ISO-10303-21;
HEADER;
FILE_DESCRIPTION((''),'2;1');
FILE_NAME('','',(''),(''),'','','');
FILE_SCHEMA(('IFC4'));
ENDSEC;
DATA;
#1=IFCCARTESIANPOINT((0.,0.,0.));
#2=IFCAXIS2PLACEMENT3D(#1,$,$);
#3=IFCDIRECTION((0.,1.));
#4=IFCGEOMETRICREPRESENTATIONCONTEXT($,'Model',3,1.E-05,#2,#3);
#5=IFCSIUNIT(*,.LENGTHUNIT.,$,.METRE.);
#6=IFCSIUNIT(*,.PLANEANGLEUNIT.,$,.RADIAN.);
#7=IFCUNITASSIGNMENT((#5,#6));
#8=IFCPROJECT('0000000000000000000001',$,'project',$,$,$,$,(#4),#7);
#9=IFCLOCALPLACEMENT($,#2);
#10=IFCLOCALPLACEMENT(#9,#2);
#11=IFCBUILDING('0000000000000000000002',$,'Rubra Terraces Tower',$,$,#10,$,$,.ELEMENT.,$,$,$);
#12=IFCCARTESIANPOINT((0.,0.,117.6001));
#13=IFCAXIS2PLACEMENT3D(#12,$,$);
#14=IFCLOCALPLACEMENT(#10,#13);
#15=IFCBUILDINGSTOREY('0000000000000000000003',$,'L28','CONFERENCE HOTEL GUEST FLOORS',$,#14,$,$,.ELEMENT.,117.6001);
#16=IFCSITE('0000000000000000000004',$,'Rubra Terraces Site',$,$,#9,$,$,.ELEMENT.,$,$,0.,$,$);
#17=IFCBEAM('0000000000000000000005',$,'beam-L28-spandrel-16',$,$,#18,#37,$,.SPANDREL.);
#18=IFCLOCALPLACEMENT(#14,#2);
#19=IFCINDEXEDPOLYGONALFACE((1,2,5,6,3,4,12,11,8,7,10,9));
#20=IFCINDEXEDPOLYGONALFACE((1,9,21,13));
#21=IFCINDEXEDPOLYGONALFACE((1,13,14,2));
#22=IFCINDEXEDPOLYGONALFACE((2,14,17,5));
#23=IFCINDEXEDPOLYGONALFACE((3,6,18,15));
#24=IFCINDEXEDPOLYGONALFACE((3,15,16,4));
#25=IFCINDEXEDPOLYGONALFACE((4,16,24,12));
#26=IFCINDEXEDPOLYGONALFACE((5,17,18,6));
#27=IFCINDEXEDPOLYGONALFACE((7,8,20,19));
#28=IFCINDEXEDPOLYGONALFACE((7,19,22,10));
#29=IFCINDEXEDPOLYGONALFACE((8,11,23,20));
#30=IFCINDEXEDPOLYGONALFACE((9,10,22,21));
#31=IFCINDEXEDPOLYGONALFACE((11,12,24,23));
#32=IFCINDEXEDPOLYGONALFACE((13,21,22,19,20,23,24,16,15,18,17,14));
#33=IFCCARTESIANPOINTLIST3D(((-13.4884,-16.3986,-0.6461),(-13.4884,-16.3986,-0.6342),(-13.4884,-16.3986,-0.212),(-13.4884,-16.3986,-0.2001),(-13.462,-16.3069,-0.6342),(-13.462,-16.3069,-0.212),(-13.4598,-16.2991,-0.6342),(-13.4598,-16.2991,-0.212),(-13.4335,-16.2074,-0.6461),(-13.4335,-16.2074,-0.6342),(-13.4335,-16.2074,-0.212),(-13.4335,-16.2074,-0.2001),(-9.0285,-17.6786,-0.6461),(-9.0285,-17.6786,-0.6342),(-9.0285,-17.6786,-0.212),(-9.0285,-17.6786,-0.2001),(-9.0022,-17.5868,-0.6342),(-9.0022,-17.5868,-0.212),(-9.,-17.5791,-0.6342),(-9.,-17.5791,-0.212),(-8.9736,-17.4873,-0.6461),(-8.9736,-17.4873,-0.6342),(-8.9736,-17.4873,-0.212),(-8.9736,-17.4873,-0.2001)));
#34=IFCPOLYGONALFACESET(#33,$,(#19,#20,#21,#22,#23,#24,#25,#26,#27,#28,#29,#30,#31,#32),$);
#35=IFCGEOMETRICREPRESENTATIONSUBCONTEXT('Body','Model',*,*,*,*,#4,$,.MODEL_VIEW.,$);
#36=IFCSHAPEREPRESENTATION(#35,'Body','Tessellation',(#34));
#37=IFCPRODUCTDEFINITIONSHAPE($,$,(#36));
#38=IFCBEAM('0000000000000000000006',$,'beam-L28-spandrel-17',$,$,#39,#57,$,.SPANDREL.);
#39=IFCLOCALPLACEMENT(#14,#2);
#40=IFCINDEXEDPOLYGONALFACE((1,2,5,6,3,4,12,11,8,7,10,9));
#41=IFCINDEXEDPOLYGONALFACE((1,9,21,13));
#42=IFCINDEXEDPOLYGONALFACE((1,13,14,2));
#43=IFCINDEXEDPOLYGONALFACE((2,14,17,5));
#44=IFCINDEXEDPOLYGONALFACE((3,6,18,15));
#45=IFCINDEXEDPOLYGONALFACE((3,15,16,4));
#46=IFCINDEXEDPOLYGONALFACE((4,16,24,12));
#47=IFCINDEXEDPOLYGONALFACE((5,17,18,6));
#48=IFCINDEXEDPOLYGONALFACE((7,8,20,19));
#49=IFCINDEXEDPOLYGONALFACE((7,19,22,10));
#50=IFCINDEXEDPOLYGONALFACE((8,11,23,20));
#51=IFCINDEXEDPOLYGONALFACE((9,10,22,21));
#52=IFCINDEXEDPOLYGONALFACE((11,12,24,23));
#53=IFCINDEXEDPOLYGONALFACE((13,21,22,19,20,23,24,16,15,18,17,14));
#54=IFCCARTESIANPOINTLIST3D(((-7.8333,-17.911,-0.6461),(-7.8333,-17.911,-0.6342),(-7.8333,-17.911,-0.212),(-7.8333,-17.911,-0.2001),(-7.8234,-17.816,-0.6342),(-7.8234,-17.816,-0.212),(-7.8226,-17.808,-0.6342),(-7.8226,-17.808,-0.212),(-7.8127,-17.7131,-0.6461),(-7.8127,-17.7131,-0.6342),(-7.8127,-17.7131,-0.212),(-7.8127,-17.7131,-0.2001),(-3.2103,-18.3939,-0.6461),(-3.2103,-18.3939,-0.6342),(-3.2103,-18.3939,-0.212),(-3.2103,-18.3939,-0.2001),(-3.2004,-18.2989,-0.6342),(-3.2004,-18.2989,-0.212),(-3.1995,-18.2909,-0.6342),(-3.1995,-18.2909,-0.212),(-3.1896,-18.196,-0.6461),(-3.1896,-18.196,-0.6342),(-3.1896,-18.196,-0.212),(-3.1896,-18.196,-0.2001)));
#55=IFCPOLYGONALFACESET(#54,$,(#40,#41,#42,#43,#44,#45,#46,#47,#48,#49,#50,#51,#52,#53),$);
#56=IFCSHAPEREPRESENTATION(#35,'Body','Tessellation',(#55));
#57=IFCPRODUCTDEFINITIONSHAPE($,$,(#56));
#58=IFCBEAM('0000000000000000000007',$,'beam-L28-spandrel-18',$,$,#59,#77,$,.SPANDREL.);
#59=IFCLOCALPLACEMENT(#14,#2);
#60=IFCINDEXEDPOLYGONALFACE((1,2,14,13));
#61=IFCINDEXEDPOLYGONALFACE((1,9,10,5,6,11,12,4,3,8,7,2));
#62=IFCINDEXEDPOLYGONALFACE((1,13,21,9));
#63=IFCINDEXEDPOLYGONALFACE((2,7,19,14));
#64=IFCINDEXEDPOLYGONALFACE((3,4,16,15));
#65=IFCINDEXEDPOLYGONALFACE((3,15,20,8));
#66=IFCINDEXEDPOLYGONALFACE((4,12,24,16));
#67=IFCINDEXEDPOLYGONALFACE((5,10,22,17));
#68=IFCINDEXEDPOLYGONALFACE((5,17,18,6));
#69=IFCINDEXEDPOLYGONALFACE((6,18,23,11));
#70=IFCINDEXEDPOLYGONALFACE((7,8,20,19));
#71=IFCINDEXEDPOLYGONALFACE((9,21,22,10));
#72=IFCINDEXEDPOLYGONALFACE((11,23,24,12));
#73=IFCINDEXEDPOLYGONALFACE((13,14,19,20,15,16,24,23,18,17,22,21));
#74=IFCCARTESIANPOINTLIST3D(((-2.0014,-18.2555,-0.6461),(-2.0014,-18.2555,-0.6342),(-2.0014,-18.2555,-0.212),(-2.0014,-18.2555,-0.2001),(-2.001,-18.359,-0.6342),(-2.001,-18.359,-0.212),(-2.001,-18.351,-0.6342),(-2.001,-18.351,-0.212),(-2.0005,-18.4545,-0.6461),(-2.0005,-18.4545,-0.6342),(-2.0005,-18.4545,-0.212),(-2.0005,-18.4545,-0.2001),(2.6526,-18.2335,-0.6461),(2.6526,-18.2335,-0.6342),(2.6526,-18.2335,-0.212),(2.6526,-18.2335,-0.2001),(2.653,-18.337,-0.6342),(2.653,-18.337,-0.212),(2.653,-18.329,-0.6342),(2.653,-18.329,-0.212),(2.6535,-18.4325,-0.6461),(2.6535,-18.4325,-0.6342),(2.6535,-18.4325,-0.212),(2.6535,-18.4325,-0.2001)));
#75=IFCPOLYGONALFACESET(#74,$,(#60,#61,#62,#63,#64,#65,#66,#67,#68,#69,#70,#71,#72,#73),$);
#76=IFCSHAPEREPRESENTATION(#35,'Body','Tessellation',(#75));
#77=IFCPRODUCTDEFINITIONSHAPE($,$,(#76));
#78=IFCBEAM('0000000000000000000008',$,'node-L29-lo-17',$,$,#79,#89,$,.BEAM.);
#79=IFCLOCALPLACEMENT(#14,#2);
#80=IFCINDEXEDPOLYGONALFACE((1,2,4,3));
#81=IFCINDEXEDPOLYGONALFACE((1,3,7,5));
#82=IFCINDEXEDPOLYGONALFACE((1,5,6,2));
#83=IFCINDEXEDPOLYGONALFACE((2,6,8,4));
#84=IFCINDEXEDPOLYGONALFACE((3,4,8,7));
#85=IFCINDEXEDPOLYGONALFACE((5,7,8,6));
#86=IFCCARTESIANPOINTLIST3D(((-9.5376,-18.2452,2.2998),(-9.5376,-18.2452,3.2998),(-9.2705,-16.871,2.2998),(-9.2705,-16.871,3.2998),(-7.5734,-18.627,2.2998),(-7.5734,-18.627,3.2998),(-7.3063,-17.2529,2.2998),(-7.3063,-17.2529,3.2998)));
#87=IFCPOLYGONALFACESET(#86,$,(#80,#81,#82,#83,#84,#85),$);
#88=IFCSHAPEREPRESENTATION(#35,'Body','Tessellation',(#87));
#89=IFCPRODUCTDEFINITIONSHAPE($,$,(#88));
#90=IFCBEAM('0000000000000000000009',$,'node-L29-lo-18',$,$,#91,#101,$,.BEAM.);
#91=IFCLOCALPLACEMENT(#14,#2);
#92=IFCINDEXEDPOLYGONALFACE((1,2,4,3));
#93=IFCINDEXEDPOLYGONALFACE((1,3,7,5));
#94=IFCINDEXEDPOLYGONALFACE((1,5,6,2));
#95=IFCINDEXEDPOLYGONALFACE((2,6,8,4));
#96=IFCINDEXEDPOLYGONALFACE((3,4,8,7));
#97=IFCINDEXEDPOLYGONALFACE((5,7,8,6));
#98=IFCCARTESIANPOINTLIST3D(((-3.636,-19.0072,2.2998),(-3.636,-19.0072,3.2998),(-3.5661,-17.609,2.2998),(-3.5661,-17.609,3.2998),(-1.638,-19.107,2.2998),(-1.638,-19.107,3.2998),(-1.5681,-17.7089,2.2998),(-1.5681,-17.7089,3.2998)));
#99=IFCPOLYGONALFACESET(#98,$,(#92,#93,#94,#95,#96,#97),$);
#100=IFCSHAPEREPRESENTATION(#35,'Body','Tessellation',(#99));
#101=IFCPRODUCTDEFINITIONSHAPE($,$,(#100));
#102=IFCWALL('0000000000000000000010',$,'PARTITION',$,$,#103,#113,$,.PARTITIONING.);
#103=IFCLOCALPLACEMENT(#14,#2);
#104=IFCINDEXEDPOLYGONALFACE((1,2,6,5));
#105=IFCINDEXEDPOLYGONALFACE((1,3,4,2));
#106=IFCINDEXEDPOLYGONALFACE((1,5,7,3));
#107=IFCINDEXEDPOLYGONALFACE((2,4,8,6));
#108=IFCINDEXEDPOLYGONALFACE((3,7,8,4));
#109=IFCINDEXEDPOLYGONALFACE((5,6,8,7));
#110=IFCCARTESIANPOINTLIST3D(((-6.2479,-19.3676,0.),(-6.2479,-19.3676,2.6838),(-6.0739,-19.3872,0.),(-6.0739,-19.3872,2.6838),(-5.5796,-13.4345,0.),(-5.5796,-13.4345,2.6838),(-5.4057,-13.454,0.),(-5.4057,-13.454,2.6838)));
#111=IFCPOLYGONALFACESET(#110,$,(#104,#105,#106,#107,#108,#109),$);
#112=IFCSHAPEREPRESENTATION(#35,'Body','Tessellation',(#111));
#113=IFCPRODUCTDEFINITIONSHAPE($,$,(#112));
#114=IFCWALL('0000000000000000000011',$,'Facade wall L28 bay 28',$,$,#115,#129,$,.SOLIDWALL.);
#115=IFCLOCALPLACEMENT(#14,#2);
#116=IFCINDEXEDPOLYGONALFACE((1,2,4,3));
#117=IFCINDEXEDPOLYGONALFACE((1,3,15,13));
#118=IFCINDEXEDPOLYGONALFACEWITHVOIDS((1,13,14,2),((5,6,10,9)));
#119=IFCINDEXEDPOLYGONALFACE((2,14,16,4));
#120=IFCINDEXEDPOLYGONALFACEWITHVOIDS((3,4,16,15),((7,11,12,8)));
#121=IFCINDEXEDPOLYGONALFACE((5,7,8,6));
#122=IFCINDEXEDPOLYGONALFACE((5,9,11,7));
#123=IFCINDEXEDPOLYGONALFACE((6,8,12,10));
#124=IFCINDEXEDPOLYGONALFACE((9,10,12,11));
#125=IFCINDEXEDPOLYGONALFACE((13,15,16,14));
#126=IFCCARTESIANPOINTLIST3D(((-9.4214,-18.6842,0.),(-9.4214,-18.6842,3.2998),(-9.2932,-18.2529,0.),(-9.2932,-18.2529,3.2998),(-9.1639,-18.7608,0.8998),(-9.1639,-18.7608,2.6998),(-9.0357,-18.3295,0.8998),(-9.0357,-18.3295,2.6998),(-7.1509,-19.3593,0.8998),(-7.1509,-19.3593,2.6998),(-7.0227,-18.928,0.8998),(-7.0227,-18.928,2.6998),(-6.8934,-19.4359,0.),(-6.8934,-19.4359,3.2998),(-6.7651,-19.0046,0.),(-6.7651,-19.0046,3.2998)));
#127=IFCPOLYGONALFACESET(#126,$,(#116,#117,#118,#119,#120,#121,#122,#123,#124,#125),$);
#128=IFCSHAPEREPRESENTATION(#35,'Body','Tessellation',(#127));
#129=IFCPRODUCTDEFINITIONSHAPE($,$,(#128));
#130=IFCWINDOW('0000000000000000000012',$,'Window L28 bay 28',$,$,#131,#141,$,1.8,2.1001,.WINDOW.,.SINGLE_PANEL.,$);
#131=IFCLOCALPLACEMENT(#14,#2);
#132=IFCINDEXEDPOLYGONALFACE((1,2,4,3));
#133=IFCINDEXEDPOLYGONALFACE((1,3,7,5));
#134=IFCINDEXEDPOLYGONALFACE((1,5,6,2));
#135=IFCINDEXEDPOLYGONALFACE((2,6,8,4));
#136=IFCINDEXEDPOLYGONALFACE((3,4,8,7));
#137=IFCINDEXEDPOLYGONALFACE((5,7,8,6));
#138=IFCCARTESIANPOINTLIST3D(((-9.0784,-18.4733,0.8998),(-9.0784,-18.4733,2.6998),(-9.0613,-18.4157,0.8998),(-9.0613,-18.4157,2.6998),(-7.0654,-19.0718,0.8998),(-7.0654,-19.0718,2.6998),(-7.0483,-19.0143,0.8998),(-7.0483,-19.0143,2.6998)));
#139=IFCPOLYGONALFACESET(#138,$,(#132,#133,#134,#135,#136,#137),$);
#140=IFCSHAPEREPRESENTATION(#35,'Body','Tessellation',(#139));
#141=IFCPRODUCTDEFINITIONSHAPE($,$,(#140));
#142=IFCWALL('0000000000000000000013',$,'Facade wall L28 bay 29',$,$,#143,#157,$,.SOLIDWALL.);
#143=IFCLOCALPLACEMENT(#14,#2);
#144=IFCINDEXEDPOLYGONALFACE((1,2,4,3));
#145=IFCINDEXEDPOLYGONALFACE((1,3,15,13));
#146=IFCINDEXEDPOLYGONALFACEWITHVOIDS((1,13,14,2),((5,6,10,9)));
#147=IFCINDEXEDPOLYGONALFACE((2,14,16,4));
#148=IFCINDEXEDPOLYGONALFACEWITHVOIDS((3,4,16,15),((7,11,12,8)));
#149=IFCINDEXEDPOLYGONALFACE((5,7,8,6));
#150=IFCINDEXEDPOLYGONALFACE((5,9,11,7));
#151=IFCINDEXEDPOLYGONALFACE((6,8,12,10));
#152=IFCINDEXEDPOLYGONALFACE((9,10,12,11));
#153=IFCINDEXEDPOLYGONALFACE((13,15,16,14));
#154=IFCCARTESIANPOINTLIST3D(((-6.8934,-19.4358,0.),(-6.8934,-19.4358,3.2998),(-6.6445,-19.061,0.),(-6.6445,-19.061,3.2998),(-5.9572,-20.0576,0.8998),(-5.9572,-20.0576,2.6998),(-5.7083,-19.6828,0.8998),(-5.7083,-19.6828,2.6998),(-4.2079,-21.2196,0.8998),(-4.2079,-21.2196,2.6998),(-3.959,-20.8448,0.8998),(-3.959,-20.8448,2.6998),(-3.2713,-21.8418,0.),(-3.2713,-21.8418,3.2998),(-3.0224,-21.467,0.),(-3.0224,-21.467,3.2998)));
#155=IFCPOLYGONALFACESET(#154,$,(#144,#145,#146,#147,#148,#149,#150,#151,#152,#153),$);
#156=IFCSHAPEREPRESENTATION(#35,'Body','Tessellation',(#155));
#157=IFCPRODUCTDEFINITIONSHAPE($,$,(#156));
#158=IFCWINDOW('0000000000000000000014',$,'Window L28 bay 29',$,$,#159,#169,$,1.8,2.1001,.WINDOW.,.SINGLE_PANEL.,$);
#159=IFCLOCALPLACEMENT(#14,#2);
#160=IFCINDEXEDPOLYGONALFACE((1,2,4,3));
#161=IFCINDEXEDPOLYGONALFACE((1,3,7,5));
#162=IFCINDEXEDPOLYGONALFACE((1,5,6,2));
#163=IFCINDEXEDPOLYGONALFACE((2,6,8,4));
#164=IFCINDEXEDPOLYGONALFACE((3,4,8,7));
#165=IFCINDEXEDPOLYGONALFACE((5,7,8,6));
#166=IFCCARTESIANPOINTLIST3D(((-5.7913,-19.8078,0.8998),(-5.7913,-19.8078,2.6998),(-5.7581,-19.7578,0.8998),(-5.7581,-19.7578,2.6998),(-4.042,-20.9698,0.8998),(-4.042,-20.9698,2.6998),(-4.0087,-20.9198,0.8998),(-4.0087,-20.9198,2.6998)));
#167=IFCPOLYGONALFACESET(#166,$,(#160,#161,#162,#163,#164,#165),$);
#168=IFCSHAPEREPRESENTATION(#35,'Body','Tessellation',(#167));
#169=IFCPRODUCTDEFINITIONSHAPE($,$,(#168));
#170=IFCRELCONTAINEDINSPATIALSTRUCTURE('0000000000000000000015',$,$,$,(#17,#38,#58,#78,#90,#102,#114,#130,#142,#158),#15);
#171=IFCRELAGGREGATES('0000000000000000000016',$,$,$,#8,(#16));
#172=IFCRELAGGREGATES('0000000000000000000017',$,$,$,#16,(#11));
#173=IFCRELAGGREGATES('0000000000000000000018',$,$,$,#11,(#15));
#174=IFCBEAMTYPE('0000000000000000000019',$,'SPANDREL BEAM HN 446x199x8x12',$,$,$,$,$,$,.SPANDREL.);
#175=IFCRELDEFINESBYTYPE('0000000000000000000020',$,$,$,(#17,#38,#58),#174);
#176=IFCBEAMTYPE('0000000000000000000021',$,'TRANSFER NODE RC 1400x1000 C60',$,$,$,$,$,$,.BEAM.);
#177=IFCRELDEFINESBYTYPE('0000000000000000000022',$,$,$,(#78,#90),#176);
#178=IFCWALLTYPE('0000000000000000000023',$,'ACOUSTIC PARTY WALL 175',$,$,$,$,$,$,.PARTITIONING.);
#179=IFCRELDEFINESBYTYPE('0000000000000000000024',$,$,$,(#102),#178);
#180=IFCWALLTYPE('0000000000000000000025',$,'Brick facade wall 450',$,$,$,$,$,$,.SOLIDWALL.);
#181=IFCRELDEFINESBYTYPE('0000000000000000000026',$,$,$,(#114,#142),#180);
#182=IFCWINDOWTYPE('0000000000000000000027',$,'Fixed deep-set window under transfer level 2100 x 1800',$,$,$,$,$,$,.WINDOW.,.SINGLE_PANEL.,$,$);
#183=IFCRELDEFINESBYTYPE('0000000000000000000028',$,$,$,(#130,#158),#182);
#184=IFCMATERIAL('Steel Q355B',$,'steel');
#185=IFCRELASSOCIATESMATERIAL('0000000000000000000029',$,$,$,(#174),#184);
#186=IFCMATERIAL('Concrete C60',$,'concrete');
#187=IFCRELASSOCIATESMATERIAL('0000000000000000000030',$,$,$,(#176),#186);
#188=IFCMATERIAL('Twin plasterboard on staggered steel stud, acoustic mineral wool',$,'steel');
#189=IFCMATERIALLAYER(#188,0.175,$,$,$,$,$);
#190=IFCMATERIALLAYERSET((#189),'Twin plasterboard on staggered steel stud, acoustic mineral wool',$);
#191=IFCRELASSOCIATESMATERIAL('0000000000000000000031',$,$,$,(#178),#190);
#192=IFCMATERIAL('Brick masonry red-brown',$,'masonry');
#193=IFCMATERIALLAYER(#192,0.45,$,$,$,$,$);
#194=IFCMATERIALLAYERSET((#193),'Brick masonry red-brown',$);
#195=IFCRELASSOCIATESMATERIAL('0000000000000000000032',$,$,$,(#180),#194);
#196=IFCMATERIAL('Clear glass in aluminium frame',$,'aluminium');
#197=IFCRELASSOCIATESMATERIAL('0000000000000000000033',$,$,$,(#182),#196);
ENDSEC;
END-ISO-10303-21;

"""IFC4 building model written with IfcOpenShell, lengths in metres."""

from ifc_helpers import new_model, si_unit, direction, frame, frame_2d, origin, origin_2d, place, context, subcontext, project, spatial, rectangle, i_section, extrude, material, layer, layer_set, material_profile, profile_set, type_object, element, fill, save


model = new_model("IFC4")

# Units and contexts
model_context = context("Model", 3, precision=1e-05, world=origin(), true_north=direction((0.0, 1.0)))
body_context = subcontext(model_context, "Body", "Model", "MODEL_VIEW")
ifc_project = project(units=[si_unit("LENGTHUNIT", "METRE"), si_unit("PLANEANGLEUNIT", "RADIAN")], contexts=[model_context])

# Site, building, storey
site_placement = place(None, origin())
site = spatial("IfcSite", under=ifc_project, at=site_placement, Name="Rubra Terraces Site", CompositionType="ELEMENT", RefElevation=0.0)
building_placement = place(site_placement, origin())
building = spatial("IfcBuilding", under=site, at=building_placement, Name="Rubra Terraces Tower", CompositionType="ELEMENT")
storey_placement = place(building_placement, frame((0.0, 0.0, 117.6001)))
storey = spatial("IfcBuildingStorey", under=building, at=storey_placement, Name="L28", Description="CONFERENCE HOTEL GUEST FLOORS", CompositionType="ELEMENT", Elevation=117.6001)

# Shared definitions
ifc_material_1 = material(Name="Concrete C60", Category="concrete")

# Beams
ifc_material_2 = material(Name="Steel Q355B", Category="steel")
ifc_material_profile_1 = material_profile(ifc_material_2, i_section(OverallWidth=0.199, OverallDepth=0.446, WebThickness=0.0081, FlangeThickness=0.012, at=origin_2d()), Name="HN 446x199x8x12")
ifc_profile_set_1 = profile_set([ifc_material_profile_1], Name="Steel Q355B")
beam_type_1 = type_object("IfcBeamType", Name="SPANDREL BEAM HN 446x199x8x12", PredefinedType="SPANDREL", material=ifc_profile_set_1)
beam_1_placement = place(storey_placement, frame((-13.4609, -16.303, -0.4231), z_axis=(0.961196, -0.275868, 0.0), x_axis=(0.275868, 0.961196, 0.0)))
element("IfcBeam", 1, at=beam_1_placement, inside=storey, type_object=beam_type_1, Name="beam-L28-spandrel-16", PredefinedType="SPANDREL", context=body_context, shape_type="SweptSolid", body=[
    extrude(i_section(OverallWidth=0.199, OverallDepth=0.446, WebThickness=0.0081, FlangeThickness=0.012, at=origin_2d()), origin(), (0.0, 0.0, 1.0), 4.6399),
])
beam_2_placement = place(storey_placement, frame((-7.823, -17.812, -0.4231), z_axis=(0.994589, -0.103892, 0.0), x_axis=(0.103892, 0.994589, 0.0)))
element("IfcBeam", 2, at=beam_2_placement, inside=storey, type_object=beam_type_1, Name="beam-L28-spandrel-17", PredefinedType="SPANDREL", context=body_context, shape_type="SweptSolid", body=[
    extrude(i_section(OverallWidth=0.199, OverallDepth=0.446, WebThickness=0.0081, FlangeThickness=0.012, at=origin_2d()), origin(), (0.0, 0.0, 1.0), 4.6482),
])
beam_3_placement = place(storey_placement, frame((-2.001, -18.355, -0.4231), z_axis=(0.999989, 0.004721, 0.0), x_axis=(-0.004721, 0.999989, 0.0)))
element("IfcBeam", 3, at=beam_3_placement, inside=storey, type_object=beam_type_1, Name="beam-L28-spandrel-18", PredefinedType="SPANDREL", context=body_context, shape_type="SweptSolid", body=[
    extrude(i_section(OverallWidth=0.199, OverallDepth=0.446, WebThickness=0.0081, FlangeThickness=0.012, at=origin_2d()), origin(), (0.0, 0.0, 1.0), 4.6541),
])
ifc_material_profile_2 = material_profile(ifc_material_1, rectangle(XDim=1.3999, YDim=1.0, at=origin_2d()), Name="RC 1400x1000")
ifc_profile_set_2 = profile_set([ifc_material_profile_2], Name="Concrete C60")
beam_type_2 = type_object("IfcBeamType", Name="TRANSFER NODE RC 1400x1000 C60", PredefinedType="BEAM", material=ifc_profile_set_2)
beam_4_placement = place(storey_placement, frame((-9.4041, -17.5581, 2.7998), z_axis=(0.981622, -0.190834, 0.0), x_axis=(0.190834, 0.981622, 0.0)))
element("IfcBeam", 4, at=beam_4_placement, inside=storey, type_object=beam_type_2, Name="node-L29-lo-17", PredefinedType="BEAM", context=body_context, shape_type="SweptSolid", body=[
    extrude(rectangle(XDim=1.3999, YDim=1.0, at=origin_2d()), origin(), (0.0, 0.0, 1.0), 2.001),
])
beam_5_placement = place(storey_placement, frame((-3.6011, -18.3081, 2.7998), z_axis=(0.998754, -0.049913, 0.0), x_axis=(0.049913, 0.998754, 0.0)))
element("IfcBeam", 5, at=beam_5_placement, inside=storey, type_object=beam_type_2, Name="node-L29-lo-18", PredefinedType="BEAM", context=body_context, shape_type="SweptSolid", body=[
    extrude(rectangle(XDim=1.3999, YDim=1.0, at=origin_2d()), origin(), (0.0, 0.0, 1.0), 2.0005),
])

# Wall
ifc_material_3 = material(Name="Twin plasterboard on staggered steel stud, acoustic mineral wool", Category="steel")
ifc_layer_1 = layer(ifc_material_3, 0.175)
ifc_layer_set_1 = layer_set([ifc_layer_1], Name="Twin plasterboard on staggered steel stud, acoustic mineral wool")
wall_type_1 = type_object("IfcWallType", Name="ACOUSTIC PARTY WALL 175", PredefinedType="PARTITIONING", material=ifc_layer_set_1)
wall_1_placement = place(storey_placement, frame((-6.1609, -19.3774, 0.0), z_axis=(0.0, 0.0, 1.0), x_axis=(0.111917, 0.993718, 0.0)))
element("IfcWall", 6, at=wall_1_placement, inside=storey, type_object=wall_type_1, Name="PARTITION", PredefinedType="PARTITIONING", context=body_context, shape_type="SweptSolid", body=[
    extrude(rectangle(XDim=5.9707, YDim=0.175, at=frame_2d((2.9854, 0.0))), origin(), (0.0, 0.0, 1.0), 2.6838),
])

# Walls, openings, windows
ifc_material_4 = material(Name="Brick masonry red-brown", Category="masonry")
ifc_layer_2 = layer(ifc_material_4, 0.45)
ifc_layer_set_2 = layer_set([ifc_layer_2], Name="Brick masonry red-brown")
wall_type_2 = type_object("IfcWallType", Name="Brick facade wall 450", PredefinedType="SOLIDWALL", material=ifc_layer_set_2)
wall_2_placement = place(storey_placement, frame((-9.3574, -18.4685, 0.0), z_axis=(0.0, 0.0, 1.0), x_axis=(0.958524, -0.285012, 0.0)))
wall_2 = element("IfcWall", 7, at=wall_2_placement, inside=storey, type_object=wall_type_2, Name="Facade wall L28 bay 28", PredefinedType="SOLIDWALL", context=body_context, shape_type="SweptSolid", body=[
    extrude(rectangle(XDim=2.6375, YDim=0.45, at=frame_2d((1.3188, 0.0))), origin(), (0.0, 0.0, 1.0), 3.2998),
])
opening_1_placement = place(wall_2_placement, frame((0.2688, 0.0, 0.8999)))
opening_1 = element("IfcOpeningElement", 8, at=opening_1_placement, cuts=wall_2, PredefinedType="OPENING", context=body_context, shape_type="SweptSolid", body=[
    extrude(rectangle(XDim=2.1001, YDim=1.8, at=frame_2d((1.05, 0.8999))), frame((0.0, 0.2349, 0.0), z_axis=(0.0, -1.0, 0.0), x_axis=(1.0, 0.0, 0.0)), (0.0, 0.0, 1.0), 0.47),
])
ifc_material_5 = material(Name="Clear glass in aluminium frame", Category="aluminium")
window_type = type_object("IfcWindowType", Name="Fixed deep-set window under transfer level 2100 x 1800", PartitioningType="SINGLE_PANEL", PredefinedType="WINDOW", material=ifc_material_5)
window_1_placement = place(opening_1_placement, origin())
window_1 = element("IfcWindow", 9, at=window_1_placement, inside=storey, type_object=window_type, Name="Window L28 bay 28", OverallHeight=1.8, OverallWidth=2.1001, PartitioningType="SINGLE_PANEL", PredefinedType="WINDOW", context=body_context, shape_type="SweptSolid", body=[
    extrude(rectangle(XDim=2.1001, YDim=1.8, at=frame_2d((1.05, 0.8999))), frame((0.0, 0.135, 0.0), z_axis=(0.0, -1.0, 0.0), x_axis=(1.0, 0.0, 0.0)), (0.0, 0.0, 1.0), 0.0601),
])
fill(opening_1, window_1)
wall_3_placement = place(storey_placement, frame((-6.769, -19.2483, 0.0), z_axis=(0.0, 0.0, 1.0), x_axis=(0.832973, -0.553313, 0.0)))
wall_3 = element("IfcWall", 10, at=wall_3_placement, inside=storey, type_object=wall_type_2, Name="Facade wall L28 bay 29", PredefinedType="SOLIDWALL", context=body_context, shape_type="SweptSolid", body=[
    extrude(rectangle(XDim=4.3484, YDim=0.45, at=frame_2d((2.1743, 0.0))), origin(), (0.0, 0.0, 1.0), 3.2998),
])
opening_2_placement = place(wall_3_placement, frame((1.124, 0.0, 0.8999)))
opening_2 = element("IfcOpeningElement", 11, at=opening_2_placement, cuts=wall_3, PredefinedType="OPENING", context=body_context, shape_type="SweptSolid", body=[
    extrude(rectangle(XDim=2.1001, YDim=1.8, at=frame_2d((1.05, 0.8999))), frame((0.0, 0.2349, 0.0), z_axis=(0.0, -1.0, 0.0), x_axis=(1.0, 0.0, 0.0)), (0.0, 0.0, 1.0), 0.47),
])
window_2_placement = place(opening_2_placement, origin())
window_2 = element("IfcWindow", 12, at=window_2_placement, inside=storey, type_object=window_type, Name="Window L28 bay 29", OverallHeight=1.8, OverallWidth=2.1001, PartitioningType="SINGLE_PANEL", PredefinedType="WINDOW", context=body_context, shape_type="SweptSolid", body=[
    extrude(rectangle(XDim=2.1001, YDim=1.8, at=frame_2d((1.05, 0.8999))), frame((0.0, 0.135, 0.0), z_axis=(0.0, -1.0, 0.0), x_axis=(1.0, 0.0, 0.0)), (0.0, 0.0, 1.0), 0.0601),
])
fill(opening_2, window_2)

save(model, "model.ifc")
